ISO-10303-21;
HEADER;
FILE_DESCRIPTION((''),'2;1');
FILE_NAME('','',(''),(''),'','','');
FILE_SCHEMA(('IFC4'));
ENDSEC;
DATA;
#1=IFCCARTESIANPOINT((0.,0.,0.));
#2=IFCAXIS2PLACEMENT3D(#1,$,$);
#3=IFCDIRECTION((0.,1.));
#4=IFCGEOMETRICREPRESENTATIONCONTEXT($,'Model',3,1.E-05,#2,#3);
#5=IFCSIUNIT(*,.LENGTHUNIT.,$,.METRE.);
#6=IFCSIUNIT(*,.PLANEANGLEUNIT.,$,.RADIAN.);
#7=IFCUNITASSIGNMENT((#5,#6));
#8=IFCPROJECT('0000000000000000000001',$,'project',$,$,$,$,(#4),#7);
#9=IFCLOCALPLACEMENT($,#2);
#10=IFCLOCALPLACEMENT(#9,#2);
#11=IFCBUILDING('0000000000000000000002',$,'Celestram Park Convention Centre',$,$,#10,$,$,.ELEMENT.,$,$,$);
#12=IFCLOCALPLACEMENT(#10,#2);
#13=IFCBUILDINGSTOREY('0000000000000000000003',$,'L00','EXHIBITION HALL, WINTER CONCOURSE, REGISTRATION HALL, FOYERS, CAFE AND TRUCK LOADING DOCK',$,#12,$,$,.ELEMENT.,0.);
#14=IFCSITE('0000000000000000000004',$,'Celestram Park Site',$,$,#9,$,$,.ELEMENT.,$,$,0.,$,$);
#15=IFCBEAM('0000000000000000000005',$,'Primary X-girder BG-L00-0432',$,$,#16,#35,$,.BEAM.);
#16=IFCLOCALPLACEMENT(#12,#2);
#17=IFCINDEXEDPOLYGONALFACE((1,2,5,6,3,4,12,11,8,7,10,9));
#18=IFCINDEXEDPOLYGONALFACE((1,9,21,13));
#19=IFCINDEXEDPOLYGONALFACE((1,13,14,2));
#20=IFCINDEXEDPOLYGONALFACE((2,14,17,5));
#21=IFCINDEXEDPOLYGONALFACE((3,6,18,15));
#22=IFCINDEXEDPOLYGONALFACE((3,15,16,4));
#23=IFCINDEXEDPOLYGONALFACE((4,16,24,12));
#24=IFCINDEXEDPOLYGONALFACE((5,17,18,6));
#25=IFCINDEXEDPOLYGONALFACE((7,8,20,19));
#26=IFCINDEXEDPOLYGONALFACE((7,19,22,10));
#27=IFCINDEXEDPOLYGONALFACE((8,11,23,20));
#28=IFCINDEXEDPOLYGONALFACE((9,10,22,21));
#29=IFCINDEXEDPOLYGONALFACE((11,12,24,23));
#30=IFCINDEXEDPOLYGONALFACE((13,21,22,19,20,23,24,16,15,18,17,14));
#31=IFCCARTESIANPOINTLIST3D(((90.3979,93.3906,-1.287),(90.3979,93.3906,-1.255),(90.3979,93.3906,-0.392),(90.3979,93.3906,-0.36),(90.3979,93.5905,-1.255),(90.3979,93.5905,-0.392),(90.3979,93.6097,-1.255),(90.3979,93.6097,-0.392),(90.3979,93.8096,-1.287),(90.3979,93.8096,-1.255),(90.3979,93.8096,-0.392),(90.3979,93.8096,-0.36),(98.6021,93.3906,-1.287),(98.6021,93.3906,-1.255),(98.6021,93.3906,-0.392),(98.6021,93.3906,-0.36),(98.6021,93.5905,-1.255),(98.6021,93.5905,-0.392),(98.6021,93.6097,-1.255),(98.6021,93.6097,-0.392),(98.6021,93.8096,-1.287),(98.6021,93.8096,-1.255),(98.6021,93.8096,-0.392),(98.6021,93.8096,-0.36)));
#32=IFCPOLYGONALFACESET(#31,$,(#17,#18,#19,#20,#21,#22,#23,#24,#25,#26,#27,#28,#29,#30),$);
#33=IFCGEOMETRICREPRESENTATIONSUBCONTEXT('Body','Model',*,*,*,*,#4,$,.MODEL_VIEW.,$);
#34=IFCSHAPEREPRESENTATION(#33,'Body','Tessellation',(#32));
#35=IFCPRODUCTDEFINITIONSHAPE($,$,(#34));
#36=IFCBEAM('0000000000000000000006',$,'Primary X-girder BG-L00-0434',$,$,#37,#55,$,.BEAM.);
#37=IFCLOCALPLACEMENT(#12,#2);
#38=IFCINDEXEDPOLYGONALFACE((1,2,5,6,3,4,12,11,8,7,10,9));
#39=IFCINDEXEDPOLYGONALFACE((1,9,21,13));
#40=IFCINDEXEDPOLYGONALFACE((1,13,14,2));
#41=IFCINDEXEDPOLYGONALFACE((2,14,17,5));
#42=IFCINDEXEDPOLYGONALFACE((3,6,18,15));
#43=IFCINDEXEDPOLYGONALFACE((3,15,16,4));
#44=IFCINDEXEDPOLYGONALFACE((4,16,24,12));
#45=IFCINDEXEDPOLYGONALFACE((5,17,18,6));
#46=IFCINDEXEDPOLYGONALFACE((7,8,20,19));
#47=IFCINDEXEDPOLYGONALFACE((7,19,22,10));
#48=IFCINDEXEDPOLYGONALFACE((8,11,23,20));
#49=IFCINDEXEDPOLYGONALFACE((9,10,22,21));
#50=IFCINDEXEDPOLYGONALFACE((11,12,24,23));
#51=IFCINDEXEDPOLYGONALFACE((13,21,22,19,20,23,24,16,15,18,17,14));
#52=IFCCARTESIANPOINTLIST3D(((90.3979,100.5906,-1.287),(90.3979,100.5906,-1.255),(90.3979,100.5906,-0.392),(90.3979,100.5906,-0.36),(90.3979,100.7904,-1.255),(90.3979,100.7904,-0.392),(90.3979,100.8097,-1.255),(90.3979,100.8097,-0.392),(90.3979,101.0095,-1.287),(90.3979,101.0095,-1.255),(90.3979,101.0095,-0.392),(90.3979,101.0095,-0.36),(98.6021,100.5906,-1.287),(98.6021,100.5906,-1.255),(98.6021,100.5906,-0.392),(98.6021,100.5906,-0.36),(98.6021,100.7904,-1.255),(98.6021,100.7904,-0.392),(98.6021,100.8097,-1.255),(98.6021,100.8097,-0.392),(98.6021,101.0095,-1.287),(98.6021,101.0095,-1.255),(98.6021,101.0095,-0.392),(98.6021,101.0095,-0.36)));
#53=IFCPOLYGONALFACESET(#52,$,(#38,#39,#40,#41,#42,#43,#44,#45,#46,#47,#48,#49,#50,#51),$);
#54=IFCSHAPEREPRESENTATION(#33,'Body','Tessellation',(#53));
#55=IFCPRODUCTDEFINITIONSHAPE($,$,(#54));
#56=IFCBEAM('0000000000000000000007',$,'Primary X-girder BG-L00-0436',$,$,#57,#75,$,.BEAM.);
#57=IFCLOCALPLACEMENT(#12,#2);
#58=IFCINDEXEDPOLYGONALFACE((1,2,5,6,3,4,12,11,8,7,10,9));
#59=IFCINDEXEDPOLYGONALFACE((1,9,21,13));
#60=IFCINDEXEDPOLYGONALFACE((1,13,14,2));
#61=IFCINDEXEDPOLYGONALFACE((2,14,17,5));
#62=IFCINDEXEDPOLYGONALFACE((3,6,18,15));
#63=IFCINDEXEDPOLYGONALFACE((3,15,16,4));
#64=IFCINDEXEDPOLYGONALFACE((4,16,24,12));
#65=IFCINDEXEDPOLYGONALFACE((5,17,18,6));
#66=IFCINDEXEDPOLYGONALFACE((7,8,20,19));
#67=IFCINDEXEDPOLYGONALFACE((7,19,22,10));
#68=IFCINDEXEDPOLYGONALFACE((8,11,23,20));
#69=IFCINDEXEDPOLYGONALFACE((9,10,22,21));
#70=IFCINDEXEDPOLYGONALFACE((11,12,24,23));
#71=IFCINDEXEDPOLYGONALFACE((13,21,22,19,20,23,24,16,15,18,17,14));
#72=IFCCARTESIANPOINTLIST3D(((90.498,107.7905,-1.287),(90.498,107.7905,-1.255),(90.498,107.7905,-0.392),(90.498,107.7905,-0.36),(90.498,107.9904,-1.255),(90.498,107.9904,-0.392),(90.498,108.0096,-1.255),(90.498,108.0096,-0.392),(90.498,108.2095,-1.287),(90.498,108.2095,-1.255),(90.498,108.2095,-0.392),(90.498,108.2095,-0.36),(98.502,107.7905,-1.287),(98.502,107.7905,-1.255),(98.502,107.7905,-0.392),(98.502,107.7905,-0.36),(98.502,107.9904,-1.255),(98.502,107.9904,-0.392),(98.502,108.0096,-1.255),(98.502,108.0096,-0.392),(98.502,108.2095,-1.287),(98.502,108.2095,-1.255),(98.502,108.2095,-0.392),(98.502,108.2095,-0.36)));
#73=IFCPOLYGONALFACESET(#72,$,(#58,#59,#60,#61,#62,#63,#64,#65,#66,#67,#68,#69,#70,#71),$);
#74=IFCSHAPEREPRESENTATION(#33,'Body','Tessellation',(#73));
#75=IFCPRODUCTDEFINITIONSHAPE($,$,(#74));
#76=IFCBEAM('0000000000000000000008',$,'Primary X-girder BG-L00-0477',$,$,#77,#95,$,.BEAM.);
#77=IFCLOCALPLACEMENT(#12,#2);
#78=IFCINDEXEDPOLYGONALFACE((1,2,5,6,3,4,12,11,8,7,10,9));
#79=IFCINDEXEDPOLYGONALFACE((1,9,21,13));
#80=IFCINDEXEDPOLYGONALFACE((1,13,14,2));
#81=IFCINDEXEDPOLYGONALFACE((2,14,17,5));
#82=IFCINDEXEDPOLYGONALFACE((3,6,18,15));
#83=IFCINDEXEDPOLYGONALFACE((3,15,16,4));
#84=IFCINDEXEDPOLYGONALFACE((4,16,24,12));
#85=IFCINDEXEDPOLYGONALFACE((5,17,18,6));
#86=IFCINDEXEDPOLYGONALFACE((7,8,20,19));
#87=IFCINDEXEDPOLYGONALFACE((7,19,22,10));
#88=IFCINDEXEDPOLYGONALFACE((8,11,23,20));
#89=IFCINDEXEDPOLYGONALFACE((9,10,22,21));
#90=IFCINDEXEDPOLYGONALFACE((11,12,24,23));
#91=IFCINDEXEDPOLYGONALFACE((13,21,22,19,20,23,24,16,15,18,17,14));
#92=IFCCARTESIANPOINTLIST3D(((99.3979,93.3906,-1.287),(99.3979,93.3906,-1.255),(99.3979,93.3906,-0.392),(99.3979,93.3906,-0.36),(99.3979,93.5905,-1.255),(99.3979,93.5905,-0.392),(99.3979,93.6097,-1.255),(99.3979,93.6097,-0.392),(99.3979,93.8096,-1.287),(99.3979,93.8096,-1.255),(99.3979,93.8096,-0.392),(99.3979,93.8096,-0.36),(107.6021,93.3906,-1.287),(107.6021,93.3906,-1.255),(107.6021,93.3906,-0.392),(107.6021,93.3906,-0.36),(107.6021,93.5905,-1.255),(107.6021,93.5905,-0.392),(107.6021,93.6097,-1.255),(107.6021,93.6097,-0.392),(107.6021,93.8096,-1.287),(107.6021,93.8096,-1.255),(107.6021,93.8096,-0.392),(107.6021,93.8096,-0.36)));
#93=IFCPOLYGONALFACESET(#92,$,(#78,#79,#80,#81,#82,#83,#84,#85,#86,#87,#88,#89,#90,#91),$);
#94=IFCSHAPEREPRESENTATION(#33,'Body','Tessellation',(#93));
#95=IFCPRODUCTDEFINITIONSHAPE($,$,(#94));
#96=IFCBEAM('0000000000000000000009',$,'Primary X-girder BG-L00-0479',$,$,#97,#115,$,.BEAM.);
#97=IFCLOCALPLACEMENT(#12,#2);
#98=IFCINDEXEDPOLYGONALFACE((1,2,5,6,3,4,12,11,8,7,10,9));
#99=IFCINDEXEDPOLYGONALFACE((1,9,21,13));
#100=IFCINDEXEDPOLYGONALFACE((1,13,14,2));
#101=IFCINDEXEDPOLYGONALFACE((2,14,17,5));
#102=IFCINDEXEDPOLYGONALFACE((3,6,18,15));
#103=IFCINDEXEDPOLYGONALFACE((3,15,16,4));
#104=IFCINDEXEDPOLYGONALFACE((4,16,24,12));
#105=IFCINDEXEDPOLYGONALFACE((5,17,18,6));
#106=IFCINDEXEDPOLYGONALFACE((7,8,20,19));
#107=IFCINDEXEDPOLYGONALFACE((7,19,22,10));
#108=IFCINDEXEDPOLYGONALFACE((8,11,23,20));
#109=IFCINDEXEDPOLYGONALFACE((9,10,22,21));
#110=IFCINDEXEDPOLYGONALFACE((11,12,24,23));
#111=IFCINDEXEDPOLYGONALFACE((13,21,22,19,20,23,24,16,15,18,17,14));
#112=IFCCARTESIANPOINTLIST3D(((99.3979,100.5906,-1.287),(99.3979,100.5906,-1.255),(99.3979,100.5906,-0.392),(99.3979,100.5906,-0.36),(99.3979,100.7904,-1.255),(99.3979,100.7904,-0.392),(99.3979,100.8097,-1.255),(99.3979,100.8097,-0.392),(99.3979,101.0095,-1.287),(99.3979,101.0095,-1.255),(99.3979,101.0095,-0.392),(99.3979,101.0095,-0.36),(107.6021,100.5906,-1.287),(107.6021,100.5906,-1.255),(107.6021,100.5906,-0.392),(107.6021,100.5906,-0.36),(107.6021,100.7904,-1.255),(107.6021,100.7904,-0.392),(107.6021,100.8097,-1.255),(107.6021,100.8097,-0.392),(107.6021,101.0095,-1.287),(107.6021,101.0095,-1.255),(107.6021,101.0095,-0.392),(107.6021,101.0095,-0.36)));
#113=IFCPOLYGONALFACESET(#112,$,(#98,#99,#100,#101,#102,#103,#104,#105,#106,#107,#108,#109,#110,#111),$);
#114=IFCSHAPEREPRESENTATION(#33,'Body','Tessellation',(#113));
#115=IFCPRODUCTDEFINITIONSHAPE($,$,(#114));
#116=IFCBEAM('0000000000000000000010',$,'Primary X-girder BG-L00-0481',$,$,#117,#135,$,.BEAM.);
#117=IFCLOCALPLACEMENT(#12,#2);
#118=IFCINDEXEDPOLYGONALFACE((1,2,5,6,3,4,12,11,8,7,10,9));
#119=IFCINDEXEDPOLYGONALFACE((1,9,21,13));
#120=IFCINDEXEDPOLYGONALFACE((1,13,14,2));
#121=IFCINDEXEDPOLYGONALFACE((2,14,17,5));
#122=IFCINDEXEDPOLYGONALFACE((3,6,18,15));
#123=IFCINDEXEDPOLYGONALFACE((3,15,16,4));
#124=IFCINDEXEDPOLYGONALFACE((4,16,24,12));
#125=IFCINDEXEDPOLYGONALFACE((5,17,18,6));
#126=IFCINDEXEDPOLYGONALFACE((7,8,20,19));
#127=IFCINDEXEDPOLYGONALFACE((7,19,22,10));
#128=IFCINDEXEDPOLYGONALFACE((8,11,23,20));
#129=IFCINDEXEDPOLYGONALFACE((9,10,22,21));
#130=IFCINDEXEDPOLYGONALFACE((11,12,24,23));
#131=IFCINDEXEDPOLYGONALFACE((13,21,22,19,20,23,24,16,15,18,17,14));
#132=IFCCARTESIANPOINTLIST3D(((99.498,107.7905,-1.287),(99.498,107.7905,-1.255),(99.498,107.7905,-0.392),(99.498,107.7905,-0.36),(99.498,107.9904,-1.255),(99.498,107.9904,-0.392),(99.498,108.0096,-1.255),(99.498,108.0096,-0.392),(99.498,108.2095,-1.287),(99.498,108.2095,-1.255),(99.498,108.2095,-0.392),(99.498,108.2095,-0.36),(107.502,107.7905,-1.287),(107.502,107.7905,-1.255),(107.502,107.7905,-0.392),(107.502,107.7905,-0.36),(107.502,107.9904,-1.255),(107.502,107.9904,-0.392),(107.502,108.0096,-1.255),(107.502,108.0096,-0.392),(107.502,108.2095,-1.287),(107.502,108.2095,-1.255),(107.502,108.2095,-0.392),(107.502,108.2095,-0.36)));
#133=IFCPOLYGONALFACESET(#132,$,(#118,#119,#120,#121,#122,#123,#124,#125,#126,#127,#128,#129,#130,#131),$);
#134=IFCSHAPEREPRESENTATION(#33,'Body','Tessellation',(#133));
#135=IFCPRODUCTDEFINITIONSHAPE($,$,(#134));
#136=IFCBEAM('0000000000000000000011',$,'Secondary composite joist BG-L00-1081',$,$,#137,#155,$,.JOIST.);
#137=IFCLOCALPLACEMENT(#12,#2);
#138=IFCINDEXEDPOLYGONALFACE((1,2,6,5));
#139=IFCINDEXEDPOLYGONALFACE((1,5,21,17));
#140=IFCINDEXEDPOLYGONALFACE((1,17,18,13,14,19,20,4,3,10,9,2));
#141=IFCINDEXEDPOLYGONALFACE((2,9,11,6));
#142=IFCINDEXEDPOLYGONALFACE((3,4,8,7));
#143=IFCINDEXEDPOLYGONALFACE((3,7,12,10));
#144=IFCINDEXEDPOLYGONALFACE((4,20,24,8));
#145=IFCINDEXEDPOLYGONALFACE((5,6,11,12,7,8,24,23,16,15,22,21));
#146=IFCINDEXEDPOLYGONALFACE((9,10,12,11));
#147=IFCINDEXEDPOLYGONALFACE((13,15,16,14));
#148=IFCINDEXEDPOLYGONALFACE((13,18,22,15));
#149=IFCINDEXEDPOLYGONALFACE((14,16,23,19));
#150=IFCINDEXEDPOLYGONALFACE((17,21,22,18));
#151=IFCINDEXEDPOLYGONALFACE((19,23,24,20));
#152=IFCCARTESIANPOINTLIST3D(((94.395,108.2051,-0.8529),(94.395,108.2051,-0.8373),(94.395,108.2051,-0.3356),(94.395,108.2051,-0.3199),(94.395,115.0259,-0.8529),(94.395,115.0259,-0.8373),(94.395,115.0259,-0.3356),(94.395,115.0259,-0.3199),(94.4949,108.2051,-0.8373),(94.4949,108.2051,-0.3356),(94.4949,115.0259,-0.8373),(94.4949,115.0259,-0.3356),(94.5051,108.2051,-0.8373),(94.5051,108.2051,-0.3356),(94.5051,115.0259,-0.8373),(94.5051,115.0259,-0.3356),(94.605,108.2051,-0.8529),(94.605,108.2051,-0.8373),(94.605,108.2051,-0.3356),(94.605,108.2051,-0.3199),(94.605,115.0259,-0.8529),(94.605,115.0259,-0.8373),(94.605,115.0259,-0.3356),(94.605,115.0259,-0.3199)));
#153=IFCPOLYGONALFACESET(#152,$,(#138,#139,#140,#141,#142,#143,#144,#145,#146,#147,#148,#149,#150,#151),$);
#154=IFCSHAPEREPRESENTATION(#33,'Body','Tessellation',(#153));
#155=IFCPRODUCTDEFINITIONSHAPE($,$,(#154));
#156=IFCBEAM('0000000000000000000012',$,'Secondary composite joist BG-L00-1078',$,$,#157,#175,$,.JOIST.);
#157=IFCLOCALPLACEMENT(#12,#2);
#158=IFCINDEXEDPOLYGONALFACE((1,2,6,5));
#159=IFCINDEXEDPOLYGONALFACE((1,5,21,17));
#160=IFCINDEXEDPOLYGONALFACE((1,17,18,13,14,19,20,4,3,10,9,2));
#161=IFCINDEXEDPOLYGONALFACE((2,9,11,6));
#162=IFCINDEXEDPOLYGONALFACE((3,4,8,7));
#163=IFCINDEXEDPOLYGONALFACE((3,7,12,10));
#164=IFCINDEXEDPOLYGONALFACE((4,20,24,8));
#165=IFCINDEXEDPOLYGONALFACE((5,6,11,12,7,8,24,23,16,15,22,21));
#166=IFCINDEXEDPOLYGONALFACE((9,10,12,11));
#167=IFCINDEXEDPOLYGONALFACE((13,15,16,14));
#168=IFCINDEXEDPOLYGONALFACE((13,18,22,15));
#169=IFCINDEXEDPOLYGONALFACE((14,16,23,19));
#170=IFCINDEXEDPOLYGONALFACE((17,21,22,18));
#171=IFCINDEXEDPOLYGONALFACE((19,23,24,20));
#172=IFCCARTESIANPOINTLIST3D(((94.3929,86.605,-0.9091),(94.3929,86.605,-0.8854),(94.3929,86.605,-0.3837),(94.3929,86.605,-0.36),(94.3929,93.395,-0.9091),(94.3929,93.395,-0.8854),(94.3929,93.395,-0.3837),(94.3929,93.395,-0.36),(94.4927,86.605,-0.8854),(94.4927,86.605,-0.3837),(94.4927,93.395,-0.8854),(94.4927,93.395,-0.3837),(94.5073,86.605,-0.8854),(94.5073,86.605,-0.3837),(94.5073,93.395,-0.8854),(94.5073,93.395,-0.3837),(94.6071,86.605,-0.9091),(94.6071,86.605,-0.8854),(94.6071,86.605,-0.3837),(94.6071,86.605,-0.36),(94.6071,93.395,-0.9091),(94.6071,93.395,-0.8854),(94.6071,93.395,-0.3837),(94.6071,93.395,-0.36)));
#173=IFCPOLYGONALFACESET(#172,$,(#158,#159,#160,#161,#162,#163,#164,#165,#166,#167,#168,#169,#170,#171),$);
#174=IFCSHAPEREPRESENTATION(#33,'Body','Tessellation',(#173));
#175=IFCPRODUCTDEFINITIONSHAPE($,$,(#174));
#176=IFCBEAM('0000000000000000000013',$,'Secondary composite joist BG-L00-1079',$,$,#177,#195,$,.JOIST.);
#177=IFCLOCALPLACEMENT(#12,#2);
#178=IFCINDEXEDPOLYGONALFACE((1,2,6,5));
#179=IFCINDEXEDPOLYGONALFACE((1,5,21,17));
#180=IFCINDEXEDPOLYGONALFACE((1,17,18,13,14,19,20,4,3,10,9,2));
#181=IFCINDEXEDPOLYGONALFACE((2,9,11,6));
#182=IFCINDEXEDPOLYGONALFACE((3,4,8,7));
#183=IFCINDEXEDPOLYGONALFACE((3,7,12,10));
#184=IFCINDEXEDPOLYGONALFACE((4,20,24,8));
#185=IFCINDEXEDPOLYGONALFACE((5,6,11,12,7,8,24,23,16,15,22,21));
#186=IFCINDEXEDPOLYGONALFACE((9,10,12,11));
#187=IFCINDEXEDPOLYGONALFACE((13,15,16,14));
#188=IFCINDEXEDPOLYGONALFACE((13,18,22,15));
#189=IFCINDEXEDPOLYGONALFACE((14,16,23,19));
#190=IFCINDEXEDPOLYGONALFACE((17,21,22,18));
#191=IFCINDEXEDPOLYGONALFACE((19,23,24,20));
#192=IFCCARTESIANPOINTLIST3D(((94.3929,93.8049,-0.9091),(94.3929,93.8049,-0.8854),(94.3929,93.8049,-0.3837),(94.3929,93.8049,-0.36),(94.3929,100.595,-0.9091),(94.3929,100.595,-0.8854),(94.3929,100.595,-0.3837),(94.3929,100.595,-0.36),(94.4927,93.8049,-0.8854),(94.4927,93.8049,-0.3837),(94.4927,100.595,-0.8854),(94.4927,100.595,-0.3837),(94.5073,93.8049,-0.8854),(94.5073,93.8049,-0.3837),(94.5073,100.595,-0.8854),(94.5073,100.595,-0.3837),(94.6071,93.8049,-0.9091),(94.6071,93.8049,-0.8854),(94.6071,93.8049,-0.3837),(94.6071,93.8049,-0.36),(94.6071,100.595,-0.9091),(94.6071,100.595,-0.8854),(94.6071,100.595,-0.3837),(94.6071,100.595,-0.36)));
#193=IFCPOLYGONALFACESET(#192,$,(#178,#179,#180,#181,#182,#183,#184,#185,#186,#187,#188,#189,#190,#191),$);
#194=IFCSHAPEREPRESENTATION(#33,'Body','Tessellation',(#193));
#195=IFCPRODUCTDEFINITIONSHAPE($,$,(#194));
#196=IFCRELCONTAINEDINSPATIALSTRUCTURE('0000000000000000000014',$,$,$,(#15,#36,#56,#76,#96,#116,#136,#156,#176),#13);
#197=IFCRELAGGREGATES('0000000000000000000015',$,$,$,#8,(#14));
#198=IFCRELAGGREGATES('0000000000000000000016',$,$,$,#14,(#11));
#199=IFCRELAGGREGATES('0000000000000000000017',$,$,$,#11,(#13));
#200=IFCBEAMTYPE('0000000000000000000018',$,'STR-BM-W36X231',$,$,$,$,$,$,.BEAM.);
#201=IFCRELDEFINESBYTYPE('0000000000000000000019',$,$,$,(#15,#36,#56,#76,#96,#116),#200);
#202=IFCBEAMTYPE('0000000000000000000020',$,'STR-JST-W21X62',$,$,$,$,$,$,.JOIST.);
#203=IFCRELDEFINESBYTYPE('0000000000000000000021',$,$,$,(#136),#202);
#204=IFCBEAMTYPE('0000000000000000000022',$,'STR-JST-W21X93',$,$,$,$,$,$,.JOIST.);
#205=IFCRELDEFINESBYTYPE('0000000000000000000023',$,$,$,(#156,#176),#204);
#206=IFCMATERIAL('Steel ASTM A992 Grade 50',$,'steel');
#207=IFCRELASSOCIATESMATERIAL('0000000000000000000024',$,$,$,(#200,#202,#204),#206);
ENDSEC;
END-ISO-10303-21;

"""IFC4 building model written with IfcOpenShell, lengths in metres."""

from ifc_helpers import new_model, si_unit, direction, frame, origin, origin_2d, place, context, subcontext, project, spatial, i_section, extrude, material, material_profile, profile_set, type_object, element, save


model = new_model("IFC4")

# Units and contexts
model_context = context("Model", 3, precision=1e-05, world=origin(), true_north=direction((0.0, 1.0)))
body_context = subcontext(model_context, "Body", "Model", "MODEL_VIEW")
ifc_project = project(units=[si_unit("LENGTHUNIT", "METRE"), si_unit("PLANEANGLEUNIT", "RADIAN")], contexts=[model_context])

# Site, building, storey
site_placement = place(None, origin())
site = spatial("IfcSite", under=ifc_project, at=site_placement, Name="Celestram Park Site", CompositionType="ELEMENT", RefElevation=0.0)
building_placement = place(site_placement, origin())
building = spatial("IfcBuilding", under=site, at=building_placement, Name="Celestram Park Convention Centre", CompositionType="ELEMENT")
storey_placement = place(building_placement, origin())
storey = spatial("IfcBuildingStorey", under=building, at=storey_placement, Name="L00", Description="EXHIBITION HALL, WINTER CONCOURSE, REGISTRATION HALL, FOYERS, CAFE AND TRUCK LOADING DOCK", CompositionType="ELEMENT", Elevation=0.0)

# Beams
ifc_material_1 = material(Name="Steel ASTM A992 Grade 50", Category="steel")
ifc_material_profile_1 = material_profile(ifc_material_1, i_section(OverallWidth=0.4189, OverallDepth=0.927, WebThickness=0.0193, FlangeThickness=0.032, at=origin_2d()), Name="W36X231")
ifc_profile_set_1 = profile_set([ifc_material_profile_1], Name="Steel ASTM A992 Grade 50")
beam_type_1 = type_object("IfcBeamType", Name="STR-BM-W36X231", PredefinedType="BEAM", material=ifc_profile_set_1)
for number, where, z_axis, x_axis, name in (
    (1, (90.3979, 93.6001, -0.8235), (1.0, 0.0, 0.0), (0.0, 1.0, 0.0), "Primary X-girder BG-L00-0432"),
    (2, (90.3979, 100.8, -0.8235), (1.0, 0.0, 0.0), (0.0, 1.0, 0.0), "Primary X-girder BG-L00-0434"),
):
    element("IfcBeam", number, at=place(storey_placement, frame(where, z_axis=z_axis, x_axis=x_axis)), inside=storey, type_object=beam_type_1, Name=name, PredefinedType="BEAM", context=body_context, shape_type="SweptSolid", body=[
        extrude(i_section(OverallWidth=0.4189, OverallDepth=0.927, WebThickness=0.0193, FlangeThickness=0.032, at=origin_2d()), origin(), (0.0, 0.0, 1.0), 8.2041),
    ])
beam_1_placement = place(storey_placement, frame((90.498, 108.0, -0.8235), z_axis=(1.0, 0.0, 0.0), x_axis=(0.0, 1.0, 0.0)))
element("IfcBeam", 3, at=beam_1_placement, inside=storey, type_object=beam_type_1, Name="Primary X-girder BG-L00-0436", PredefinedType="BEAM", context=body_context, shape_type="SweptSolid", body=[
    extrude(i_section(OverallWidth=0.4189, OverallDepth=0.927, WebThickness=0.0193, FlangeThickness=0.032, at=origin_2d()), origin(), (0.0, 0.0, 1.0), 8.0039),
])
for number, where, z_axis, x_axis, name in (
    (4, (99.3979, 93.6001, -0.8235), (1.0, 0.0, 0.0), (0.0, 1.0, 0.0), "Primary X-girder BG-L00-0477"),
    (5, (99.3979, 100.8, -0.8235), (1.0, 0.0, 0.0), (0.0, 1.0, 0.0), "Primary X-girder BG-L00-0479"),
):
    element("IfcBeam", number, at=place(storey_placement, frame(where, z_axis=z_axis, x_axis=x_axis)), inside=storey, type_object=beam_type_1, Name=name, PredefinedType="BEAM", context=body_context, shape_type="SweptSolid", body=[
        extrude(i_section(OverallWidth=0.4189, OverallDepth=0.927, WebThickness=0.0193, FlangeThickness=0.032, at=origin_2d()), origin(), (0.0, 0.0, 1.0), 8.2041),
    ])
beam_2_placement = place(storey_placement, frame((99.498, 108.0, -0.8235), z_axis=(1.0, 0.0, 0.0), x_axis=(0.0, 1.0, 0.0)))
element("IfcBeam", 6, at=beam_2_placement, inside=storey, type_object=beam_type_1, Name="Primary X-girder BG-L00-0481", PredefinedType="BEAM", context=body_context, shape_type="SweptSolid", body=[
    extrude(i_section(OverallWidth=0.4189, OverallDepth=0.927, WebThickness=0.0193, FlangeThickness=0.032, at=origin_2d()), origin(), (0.0, 0.0, 1.0), 8.0039),
])
ifc_material_profile_2 = material_profile(ifc_material_1, i_section(OverallWidth=0.21, OverallDepth=0.533, WebThickness=0.0103, FlangeThickness=0.0156, at=origin_2d()), Name="W21X62")
ifc_profile_set_2 = profile_set([ifc_material_profile_2], Name="Steel ASTM A992 Grade 50")
beam_type_2 = type_object("IfcBeamType", Name="STR-JST-W21X62", PredefinedType="JOIST", material=ifc_profile_set_2)
beam_3_placement = place(storey_placement, frame((94.5, 108.2051, -0.5864), z_axis=(0.0, 1.0, 0.0), x_axis=(-1.0, 0.0, 0.0)))
element("IfcBeam", 7, at=beam_3_placement, inside=storey, type_object=beam_type_2, Name="Secondary composite joist BG-L00-1081", PredefinedType="JOIST", context=body_context, shape_type="SweptSolid", body=[
    extrude(i_section(OverallWidth=0.21, OverallDepth=0.533, WebThickness=0.0103, FlangeThickness=0.0156, at=origin_2d()), origin(), (0.0, 0.0, 1.0), 6.8208),
])
ifc_material_profile_3 = material_profile(ifc_material_1, i_section(OverallWidth=0.2141, OverallDepth=0.5491, WebThickness=0.0146, FlangeThickness=0.0237, at=origin_2d()), Name="W21X93")
ifc_profile_set_3 = profile_set([ifc_material_profile_3], Name="Steel ASTM A992 Grade 50")
beam_type_3 = type_object("IfcBeamType", Name="STR-JST-W21X93", PredefinedType="JOIST", material=ifc_profile_set_3)
for number, where, z_axis, x_axis, name in (
    (8, (94.5, 86.605, -0.6345), (0.0, 1.0, 0.0), (-1.0, 0.0, 0.0), "Secondary composite joist BG-L00-1078"),
    (9, (94.5, 93.8049, -0.6345), (0.0, 1.0, 0.0), (-1.0, 0.0, 0.0), "Secondary composite joist BG-L00-1079"),
):
    element("IfcBeam", number, at=place(storey_placement, frame(where, z_axis=z_axis, x_axis=x_axis)), inside=storey, type_object=beam_type_3, Name=name, PredefinedType="JOIST", context=body_context, shape_type="SweptSolid", body=[
        extrude(i_section(OverallWidth=0.2141, OverallDepth=0.5491, WebThickness=0.0146, FlangeThickness=0.0237, at=origin_2d()), origin(), (0.0, 0.0, 1.0), 6.79),
    ])

save(model, "model.ifc")
